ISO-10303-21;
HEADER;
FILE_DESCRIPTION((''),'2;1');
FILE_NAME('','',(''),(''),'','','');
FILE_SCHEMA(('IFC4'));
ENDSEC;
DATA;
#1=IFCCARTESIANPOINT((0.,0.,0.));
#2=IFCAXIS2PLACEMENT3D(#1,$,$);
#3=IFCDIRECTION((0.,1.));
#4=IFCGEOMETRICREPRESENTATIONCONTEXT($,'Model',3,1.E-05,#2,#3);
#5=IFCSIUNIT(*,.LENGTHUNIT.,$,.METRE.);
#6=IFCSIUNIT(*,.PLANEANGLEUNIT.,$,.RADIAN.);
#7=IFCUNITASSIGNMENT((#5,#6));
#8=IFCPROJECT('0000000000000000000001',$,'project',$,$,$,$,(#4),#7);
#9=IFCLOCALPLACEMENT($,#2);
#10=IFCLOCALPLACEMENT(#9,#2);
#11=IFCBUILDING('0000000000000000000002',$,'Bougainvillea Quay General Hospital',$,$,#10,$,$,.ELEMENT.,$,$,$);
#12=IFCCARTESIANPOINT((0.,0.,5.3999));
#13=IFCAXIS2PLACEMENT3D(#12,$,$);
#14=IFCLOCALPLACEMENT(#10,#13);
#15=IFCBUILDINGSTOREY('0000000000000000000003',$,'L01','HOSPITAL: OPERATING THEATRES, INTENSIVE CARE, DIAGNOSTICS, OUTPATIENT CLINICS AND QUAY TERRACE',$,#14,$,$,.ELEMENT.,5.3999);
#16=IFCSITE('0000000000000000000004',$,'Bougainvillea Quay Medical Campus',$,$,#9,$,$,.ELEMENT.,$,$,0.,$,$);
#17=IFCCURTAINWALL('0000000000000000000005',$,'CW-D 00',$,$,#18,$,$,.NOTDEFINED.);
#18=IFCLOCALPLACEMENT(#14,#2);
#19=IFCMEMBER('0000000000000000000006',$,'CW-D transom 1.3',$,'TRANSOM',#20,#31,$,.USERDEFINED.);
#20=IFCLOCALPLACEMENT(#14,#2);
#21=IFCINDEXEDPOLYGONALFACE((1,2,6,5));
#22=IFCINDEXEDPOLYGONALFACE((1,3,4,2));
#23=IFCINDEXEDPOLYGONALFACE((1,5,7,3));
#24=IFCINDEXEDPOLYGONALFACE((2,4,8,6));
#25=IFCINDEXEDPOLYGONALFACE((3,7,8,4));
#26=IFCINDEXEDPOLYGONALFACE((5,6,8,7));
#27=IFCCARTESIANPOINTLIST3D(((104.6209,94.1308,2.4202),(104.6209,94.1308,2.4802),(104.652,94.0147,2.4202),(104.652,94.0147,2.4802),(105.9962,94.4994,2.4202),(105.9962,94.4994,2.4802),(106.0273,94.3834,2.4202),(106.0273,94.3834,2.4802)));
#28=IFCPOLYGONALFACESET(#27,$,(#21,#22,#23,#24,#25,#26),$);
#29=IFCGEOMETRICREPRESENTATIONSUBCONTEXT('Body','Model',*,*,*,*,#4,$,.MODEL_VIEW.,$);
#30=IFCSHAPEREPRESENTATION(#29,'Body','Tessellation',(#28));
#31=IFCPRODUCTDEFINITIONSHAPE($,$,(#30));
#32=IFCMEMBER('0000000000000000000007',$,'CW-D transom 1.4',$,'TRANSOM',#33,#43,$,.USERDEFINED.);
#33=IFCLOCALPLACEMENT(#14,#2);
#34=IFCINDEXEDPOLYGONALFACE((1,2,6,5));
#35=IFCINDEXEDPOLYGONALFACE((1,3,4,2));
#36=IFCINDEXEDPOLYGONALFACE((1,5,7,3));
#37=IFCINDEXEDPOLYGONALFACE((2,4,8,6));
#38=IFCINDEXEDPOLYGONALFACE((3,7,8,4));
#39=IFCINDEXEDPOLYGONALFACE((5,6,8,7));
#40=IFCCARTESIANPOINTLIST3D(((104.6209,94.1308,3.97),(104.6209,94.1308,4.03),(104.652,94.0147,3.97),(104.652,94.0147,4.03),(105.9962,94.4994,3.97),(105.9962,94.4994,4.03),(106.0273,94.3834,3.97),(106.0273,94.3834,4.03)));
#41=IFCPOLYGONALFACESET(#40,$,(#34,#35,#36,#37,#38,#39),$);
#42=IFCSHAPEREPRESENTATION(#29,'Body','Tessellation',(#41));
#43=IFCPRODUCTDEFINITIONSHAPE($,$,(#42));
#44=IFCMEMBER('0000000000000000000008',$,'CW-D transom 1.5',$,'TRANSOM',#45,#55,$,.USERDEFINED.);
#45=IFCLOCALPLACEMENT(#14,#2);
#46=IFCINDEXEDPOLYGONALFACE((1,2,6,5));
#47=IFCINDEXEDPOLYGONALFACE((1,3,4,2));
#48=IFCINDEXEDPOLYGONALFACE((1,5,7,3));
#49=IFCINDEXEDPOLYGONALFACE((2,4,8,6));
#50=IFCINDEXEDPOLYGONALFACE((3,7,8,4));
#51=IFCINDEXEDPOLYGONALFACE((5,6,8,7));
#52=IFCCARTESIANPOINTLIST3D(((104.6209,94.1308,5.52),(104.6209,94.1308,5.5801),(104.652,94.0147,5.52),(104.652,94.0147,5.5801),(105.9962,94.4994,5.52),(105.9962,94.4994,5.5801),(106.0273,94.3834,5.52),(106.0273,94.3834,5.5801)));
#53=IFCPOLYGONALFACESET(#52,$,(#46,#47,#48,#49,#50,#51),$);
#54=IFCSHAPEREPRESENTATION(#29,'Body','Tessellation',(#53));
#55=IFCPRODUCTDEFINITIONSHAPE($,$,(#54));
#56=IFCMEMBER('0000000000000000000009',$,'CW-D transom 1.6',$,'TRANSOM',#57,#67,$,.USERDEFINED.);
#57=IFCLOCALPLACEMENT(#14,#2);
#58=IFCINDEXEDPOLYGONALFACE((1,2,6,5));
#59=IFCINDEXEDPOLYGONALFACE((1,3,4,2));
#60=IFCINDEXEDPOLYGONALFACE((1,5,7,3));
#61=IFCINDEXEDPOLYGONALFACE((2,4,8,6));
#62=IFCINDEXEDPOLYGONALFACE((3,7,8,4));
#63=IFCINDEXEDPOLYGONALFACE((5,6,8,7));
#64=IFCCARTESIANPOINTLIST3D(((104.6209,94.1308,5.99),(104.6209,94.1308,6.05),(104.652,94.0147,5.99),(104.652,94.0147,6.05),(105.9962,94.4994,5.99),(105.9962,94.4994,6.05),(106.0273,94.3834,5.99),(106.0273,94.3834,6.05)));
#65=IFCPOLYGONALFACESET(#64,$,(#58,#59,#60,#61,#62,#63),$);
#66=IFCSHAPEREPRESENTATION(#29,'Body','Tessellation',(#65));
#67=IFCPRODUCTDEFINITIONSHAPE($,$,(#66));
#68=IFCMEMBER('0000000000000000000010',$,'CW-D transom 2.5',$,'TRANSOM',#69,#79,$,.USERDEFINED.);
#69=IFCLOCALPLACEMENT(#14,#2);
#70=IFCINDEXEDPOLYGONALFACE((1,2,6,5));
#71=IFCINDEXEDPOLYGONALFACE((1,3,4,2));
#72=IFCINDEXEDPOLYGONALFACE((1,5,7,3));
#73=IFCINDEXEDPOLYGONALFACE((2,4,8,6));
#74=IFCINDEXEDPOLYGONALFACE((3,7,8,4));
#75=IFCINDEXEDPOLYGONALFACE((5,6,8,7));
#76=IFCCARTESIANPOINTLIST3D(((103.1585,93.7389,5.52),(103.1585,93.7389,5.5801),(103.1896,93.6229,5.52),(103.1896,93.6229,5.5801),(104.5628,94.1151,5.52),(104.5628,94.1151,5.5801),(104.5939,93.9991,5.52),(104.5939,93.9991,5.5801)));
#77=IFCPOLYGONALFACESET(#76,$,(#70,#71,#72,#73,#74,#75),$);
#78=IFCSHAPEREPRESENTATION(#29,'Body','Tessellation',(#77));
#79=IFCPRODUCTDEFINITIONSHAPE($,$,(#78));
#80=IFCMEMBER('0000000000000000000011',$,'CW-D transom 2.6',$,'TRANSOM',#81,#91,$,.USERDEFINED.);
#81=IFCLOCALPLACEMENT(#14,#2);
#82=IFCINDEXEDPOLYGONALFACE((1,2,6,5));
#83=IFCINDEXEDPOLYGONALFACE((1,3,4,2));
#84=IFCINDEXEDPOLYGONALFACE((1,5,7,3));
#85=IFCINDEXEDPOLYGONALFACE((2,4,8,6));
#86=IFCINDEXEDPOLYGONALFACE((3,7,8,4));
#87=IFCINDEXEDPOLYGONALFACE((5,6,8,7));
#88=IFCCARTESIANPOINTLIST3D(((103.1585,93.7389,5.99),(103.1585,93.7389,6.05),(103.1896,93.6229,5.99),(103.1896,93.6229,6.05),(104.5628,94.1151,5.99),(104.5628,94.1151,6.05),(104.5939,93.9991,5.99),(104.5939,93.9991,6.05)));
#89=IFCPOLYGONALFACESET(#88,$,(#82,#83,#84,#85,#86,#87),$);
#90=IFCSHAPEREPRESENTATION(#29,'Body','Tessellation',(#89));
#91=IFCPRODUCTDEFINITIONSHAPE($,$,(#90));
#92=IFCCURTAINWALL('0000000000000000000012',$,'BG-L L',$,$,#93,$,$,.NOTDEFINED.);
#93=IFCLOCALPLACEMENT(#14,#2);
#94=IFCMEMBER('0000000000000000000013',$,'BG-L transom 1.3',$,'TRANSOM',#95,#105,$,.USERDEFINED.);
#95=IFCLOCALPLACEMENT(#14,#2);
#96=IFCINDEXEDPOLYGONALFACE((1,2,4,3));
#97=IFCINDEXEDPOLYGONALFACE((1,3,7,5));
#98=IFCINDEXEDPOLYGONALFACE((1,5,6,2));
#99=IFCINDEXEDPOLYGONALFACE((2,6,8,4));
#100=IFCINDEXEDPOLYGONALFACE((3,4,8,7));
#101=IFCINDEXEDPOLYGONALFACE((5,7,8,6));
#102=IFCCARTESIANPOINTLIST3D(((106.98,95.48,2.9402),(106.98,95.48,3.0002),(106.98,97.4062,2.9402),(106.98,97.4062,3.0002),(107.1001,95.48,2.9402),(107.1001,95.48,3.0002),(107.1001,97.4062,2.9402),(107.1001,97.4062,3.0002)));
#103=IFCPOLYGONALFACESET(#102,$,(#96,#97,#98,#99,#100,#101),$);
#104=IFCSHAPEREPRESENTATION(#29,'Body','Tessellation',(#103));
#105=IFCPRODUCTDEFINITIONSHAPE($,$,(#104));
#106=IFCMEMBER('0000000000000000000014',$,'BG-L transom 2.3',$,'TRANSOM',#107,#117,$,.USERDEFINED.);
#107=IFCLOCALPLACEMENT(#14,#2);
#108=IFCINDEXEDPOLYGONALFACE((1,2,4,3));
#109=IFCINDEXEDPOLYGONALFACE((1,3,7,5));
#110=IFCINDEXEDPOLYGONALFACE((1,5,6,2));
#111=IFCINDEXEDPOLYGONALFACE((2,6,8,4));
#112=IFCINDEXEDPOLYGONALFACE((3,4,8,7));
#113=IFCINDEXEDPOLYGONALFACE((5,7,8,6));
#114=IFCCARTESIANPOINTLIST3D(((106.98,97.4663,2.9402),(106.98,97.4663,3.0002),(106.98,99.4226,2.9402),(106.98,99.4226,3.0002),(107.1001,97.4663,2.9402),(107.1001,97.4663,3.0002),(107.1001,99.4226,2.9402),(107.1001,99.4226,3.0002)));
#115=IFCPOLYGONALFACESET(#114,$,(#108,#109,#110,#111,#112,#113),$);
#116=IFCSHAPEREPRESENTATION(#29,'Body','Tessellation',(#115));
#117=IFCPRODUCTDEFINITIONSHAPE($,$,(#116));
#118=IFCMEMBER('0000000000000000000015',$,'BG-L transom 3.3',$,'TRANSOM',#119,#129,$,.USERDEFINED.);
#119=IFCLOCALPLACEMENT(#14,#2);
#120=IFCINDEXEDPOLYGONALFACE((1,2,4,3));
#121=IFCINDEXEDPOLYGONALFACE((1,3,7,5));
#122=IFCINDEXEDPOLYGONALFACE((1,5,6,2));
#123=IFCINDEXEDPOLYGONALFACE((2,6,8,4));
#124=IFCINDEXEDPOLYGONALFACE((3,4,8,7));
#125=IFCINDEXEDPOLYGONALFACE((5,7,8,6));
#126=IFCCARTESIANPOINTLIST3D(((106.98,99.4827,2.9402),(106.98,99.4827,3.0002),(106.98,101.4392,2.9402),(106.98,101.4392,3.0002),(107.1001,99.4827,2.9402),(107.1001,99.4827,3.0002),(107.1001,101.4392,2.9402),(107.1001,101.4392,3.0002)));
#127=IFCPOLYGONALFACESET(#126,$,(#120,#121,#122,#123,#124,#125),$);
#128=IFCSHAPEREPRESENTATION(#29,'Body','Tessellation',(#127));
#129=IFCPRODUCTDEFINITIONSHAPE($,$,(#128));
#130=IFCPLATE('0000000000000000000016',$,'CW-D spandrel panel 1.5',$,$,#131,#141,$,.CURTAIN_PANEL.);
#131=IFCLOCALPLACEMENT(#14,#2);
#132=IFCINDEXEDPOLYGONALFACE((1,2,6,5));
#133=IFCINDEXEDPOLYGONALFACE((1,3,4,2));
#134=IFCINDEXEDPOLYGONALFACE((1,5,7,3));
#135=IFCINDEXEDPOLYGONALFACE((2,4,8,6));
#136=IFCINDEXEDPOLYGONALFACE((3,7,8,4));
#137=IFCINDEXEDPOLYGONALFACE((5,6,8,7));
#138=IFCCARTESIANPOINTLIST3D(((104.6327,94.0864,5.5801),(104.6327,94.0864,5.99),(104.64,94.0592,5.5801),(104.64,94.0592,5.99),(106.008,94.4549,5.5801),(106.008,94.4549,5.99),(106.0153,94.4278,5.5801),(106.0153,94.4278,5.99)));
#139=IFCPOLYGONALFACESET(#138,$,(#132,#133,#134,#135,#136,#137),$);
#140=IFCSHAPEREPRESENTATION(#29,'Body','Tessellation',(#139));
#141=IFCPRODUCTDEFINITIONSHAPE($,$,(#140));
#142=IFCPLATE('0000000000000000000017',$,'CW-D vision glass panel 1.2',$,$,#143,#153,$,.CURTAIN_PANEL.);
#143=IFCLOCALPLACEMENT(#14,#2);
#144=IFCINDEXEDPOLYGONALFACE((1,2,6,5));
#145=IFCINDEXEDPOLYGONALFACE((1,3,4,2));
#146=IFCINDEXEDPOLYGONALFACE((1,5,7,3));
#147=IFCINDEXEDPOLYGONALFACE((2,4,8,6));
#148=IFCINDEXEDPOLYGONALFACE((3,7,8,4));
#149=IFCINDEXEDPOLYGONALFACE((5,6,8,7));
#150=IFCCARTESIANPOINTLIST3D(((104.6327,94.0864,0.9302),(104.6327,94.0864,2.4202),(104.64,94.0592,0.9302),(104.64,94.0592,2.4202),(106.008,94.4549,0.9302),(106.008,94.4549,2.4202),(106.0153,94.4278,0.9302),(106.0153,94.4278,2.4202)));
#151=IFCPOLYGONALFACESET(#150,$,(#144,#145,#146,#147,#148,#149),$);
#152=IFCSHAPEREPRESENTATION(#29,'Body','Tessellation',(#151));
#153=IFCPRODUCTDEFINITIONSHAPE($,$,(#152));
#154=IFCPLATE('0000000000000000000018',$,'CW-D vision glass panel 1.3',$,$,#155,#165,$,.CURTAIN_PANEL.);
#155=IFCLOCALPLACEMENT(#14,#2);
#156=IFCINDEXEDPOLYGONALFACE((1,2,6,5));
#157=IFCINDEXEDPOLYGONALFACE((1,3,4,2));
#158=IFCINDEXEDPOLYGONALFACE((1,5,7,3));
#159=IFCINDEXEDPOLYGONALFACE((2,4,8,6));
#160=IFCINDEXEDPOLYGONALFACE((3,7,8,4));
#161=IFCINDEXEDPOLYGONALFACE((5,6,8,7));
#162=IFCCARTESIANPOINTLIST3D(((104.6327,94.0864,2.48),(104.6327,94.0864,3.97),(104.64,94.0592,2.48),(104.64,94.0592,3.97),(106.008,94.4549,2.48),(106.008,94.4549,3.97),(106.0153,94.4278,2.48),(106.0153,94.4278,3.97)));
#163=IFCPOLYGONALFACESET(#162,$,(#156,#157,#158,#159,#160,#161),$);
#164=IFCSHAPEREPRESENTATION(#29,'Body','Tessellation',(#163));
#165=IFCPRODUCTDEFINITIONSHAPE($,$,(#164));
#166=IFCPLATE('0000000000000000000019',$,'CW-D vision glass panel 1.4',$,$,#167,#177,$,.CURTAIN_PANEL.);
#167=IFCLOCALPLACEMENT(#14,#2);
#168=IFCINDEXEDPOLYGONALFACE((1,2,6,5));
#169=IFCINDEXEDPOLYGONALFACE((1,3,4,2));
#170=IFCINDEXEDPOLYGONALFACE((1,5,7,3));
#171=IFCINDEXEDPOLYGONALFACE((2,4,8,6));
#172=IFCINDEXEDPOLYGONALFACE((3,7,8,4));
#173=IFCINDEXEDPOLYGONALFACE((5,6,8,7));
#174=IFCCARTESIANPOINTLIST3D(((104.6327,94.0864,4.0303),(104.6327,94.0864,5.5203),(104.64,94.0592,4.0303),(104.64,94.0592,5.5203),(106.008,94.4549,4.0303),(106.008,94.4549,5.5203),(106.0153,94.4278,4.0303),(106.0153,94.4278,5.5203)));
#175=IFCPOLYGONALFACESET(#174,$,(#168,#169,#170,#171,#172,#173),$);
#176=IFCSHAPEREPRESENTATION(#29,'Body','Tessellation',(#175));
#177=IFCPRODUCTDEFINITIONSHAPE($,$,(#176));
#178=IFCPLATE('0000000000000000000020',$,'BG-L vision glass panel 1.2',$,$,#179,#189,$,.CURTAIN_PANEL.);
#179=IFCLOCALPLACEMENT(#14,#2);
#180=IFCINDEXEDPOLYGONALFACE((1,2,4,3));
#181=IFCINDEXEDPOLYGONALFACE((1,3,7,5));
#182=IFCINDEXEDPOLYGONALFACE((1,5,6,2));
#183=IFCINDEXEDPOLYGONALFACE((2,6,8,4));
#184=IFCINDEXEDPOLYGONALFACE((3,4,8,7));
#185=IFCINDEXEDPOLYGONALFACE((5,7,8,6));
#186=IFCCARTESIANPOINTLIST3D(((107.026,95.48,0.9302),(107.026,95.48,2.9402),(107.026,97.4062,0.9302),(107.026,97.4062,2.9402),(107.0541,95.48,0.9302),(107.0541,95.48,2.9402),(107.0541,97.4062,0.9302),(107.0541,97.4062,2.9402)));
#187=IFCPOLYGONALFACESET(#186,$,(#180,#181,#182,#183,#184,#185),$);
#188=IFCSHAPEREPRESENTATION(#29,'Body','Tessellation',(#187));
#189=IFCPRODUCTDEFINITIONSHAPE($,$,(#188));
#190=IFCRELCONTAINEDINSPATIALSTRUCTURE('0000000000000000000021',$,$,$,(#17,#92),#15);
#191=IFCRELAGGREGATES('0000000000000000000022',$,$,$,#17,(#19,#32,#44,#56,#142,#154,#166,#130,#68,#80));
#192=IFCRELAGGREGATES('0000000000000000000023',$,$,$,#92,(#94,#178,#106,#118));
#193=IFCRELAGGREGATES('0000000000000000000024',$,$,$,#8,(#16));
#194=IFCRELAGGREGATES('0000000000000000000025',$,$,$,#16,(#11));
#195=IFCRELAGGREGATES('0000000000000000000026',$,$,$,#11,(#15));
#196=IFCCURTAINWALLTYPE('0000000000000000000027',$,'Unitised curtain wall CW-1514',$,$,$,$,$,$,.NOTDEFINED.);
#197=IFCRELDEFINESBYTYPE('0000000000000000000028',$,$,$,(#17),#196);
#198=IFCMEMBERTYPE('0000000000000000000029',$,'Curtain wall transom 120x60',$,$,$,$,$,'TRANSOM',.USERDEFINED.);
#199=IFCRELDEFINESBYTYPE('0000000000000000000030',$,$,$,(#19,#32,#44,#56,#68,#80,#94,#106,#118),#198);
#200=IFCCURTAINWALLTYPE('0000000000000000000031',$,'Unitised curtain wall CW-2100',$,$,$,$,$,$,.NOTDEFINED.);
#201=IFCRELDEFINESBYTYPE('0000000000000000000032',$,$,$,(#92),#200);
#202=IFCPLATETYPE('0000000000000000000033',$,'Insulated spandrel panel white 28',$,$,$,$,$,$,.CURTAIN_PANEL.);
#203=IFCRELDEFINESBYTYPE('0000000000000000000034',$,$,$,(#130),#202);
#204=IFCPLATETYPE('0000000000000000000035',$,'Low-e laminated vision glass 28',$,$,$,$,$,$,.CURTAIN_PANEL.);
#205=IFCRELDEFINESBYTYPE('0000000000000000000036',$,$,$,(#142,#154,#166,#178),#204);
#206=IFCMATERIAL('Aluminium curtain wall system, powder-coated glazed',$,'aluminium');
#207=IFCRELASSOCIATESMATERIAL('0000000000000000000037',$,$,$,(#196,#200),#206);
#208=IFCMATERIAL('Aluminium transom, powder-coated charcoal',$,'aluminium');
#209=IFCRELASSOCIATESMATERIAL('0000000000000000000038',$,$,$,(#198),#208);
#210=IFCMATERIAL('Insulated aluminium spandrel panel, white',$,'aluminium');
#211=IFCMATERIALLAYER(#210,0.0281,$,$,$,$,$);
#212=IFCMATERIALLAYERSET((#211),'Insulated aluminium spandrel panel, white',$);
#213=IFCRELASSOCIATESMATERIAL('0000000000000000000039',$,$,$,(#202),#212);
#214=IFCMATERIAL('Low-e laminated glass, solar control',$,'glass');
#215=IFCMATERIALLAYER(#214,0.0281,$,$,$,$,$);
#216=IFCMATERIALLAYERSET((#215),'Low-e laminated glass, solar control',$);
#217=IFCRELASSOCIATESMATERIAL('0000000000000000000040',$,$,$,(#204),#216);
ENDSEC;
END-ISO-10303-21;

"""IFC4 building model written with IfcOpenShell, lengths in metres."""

from ifc_helpers import new_model, si_unit, direction, frame, origin, origin_2d, place, context, subcontext, project, spatial, rectangle, extrude, material, layer, layer_set, material_profile, profile_set, type_object, element, aggregate, save


model = new_model("IFC4")

# Units and contexts
model_context = context("Model", 3, precision=1e-05, world=origin(), true_north=direction((0.0, 1.0)))
body_context = subcontext(model_context, "Body", "Model", "MODEL_VIEW")
ifc_project = project(units=[si_unit("LENGTHUNIT", "METRE"), si_unit("PLANEANGLEUNIT", "RADIAN")], contexts=[model_context])

# Site, building, storey
site_placement = place(None, origin())
site = spatial("IfcSite", under=ifc_project, at=site_placement, Name="Bougainvillea Quay Medical Campus", CompositionType="ELEMENT", RefElevation=0.0)
building_placement = place(site_placement, origin())
building = spatial("IfcBuilding", under=site, at=building_placement, Name="Bougainvillea Quay General Hospital", CompositionType="ELEMENT")
storey_placement = place(building_placement, frame((0.0, 0.0, 5.3999)))
storey = spatial("IfcBuildingStorey", under=building, at=storey_placement, Name="L01", Description="HOSPITAL: OPERATING THEATRES, INTENSIVE CARE, DIAGNOSTICS, OUTPATIENT CLINICS AND QUAY TERRACE", CompositionType="ELEMENT", Elevation=5.3999)

# Curtain walls, members
ifc_material_1 = material(Name="Aluminium curtain wall system, powder-coated glazed", Category="aluminium")
curtain_wall_type_1 = type_object("IfcCurtainWallType", Name="Unitised curtain wall CW-1514", PredefinedType="NOTDEFINED", material=ifc_material_1)
curtain_wall_1_placement = place(storey_placement, origin())
curtain_wall_1 = element("IfcCurtainWall", 1, at=curtain_wall_1_placement, inside=storey, type_object=curtain_wall_type_1, Name="CW-D 00", PredefinedType="NOTDEFINED")
ifc_material_2 = material(Name="Aluminium transom, powder-coated charcoal", Category="aluminium")
ifc_material_profile_1 = material_profile(ifc_material_2, rectangle(XDim=0.1201, YDim=0.0601, at=origin_2d()))
ifc_profile_set_1 = profile_set([ifc_material_profile_1], Name="Aluminium transom, powder-coated charcoal")
member_type = type_object("IfcMemberType", Name="Curtain wall transom 120x60", ElementType="TRANSOM", PredefinedType="USERDEFINED", material=ifc_profile_set_1)
member_1_placement = place(storey_placement, frame((106.0117, 94.4414, 2.4502), z_axis=(-0.965898, -0.258922, 0.0), x_axis=(0.258922, -0.965898, 0.0)))
member_1 = element("IfcMember", 2, at=member_1_placement, type_object=member_type, Name="CW-D transom 1.3", ObjectType="TRANSOM", PredefinedType="USERDEFINED", context=body_context, shape_type="SweptSolid", body=[
    extrude(rectangle(XDim=0.1201, YDim=0.0601, at=origin_2d()), origin(), (0.0, 0.0, 1.0), 1.4238),
])
member_2_placement = place(storey_placement, frame((106.0117, 94.4414, 4.0), z_axis=(-0.965898, -0.258922, 0.0), x_axis=(0.258922, -0.965898, 0.0)))
member_2 = element("IfcMember", 3, at=member_2_placement, type_object=member_type, Name="CW-D transom 1.4", ObjectType="TRANSOM", PredefinedType="USERDEFINED", context=body_context, shape_type="SweptSolid", body=[
    extrude(rectangle(XDim=0.1201, YDim=0.0601, at=origin_2d()), origin(), (0.0, 0.0, 1.0), 1.4238),
])
member_3_placement = place(storey_placement, frame((106.0117, 94.4414, 5.55), z_axis=(-0.965898, -0.258922, 0.0), x_axis=(0.258922, -0.965898, 0.0)))
member_3 = element("IfcMember", 4, at=member_3_placement, type_object=member_type, Name="CW-D transom 1.5", ObjectType="TRANSOM", PredefinedType="USERDEFINED", context=body_context, shape_type="SweptSolid", body=[
    extrude(rectangle(XDim=0.1201, YDim=0.0601, at=origin_2d()), origin(), (0.0, 0.0, 1.0), 1.4238),
])
member_4_placement = place(storey_placement, frame((106.0117, 94.4414, 6.02), z_axis=(-0.965898, -0.258922, 0.0), x_axis=(0.258922, -0.965898, 0.0)))
member_4 = element("IfcMember", 5, at=member_4_placement, type_object=member_type, Name="CW-D transom 1.6", ObjectType="TRANSOM", PredefinedType="USERDEFINED", context=body_context, shape_type="SweptSolid", body=[
    extrude(rectangle(XDim=0.1201, YDim=0.0601, at=origin_2d()), origin(), (0.0, 0.0, 1.0), 1.4238),
])
member_5_placement = place(storey_placement, frame((104.5784, 94.0571, 5.55), z_axis=(-0.965936, -0.258781, 0.0), x_axis=(0.258781, -0.965936, 0.0)))
member_5 = element("IfcMember", 6, at=member_5_placement, type_object=member_type, Name="CW-D transom 2.5", ObjectType="TRANSOM", PredefinedType="USERDEFINED", context=body_context, shape_type="SweptSolid", body=[
    extrude(rectangle(XDim=0.1201, YDim=0.0601, at=origin_2d()), origin(), (0.0, 0.0, 1.0), 1.4539),
])
member_6_placement = place(storey_placement, frame((104.5784, 94.0571, 6.02), z_axis=(-0.965936, -0.258781, 0.0), x_axis=(0.258781, -0.965936, 0.0)))
member_6 = element("IfcMember", 7, at=member_6_placement, type_object=member_type, Name="CW-D transom 2.6", ObjectType="TRANSOM", PredefinedType="USERDEFINED", context=body_context, shape_type="SweptSolid", body=[
    extrude(rectangle(XDim=0.1201, YDim=0.0601, at=origin_2d()), origin(), (0.0, 0.0, 1.0), 1.4539),
])
curtain_wall_type_2 = type_object("IfcCurtainWallType", Name="Unitised curtain wall CW-2100", PredefinedType="NOTDEFINED", material=ifc_material_1)
curtain_wall_2_placement = place(storey_placement, origin())
curtain_wall_2 = element("IfcCurtainWall", 8, at=curtain_wall_2_placement, inside=storey, type_object=curtain_wall_type_2, Name="BG-L L", PredefinedType="NOTDEFINED")
member_7_placement = place(storey_placement, frame((107.04, 95.48, 2.9702), z_axis=(0.0, 1.0, 0.0), x_axis=(-1.0, 0.0, 0.0)))
member_7 = element("IfcMember", 9, at=member_7_placement, type_object=member_type, Name="BG-L transom 1.3", ObjectType="TRANSOM", PredefinedType="USERDEFINED", context=body_context, shape_type="SweptSolid", body=[
    extrude(rectangle(XDim=0.1201, YDim=0.0601, at=origin_2d()), origin(), (0.0, 0.0, 1.0), 1.9263),
])
member_8_placement = place(storey_placement, frame((107.04, 97.4663, 2.9702), z_axis=(0.0, 1.0, 0.0), x_axis=(-1.0, 0.0, 0.0)))
member_8 = element("IfcMember", 10, at=member_8_placement, type_object=member_type, Name="BG-L transom 2.3", ObjectType="TRANSOM", PredefinedType="USERDEFINED", context=body_context, shape_type="SweptSolid", body=[
    extrude(rectangle(XDim=0.1201, YDim=0.0601, at=origin_2d()), origin(), (0.0, 0.0, 1.0), 1.9563),
])
member_9_placement = place(storey_placement, frame((107.04, 99.4827, 2.9702), z_axis=(0.0, 1.0, 0.0), x_axis=(-1.0, 0.0, 0.0)))
member_9 = element("IfcMember", 11, at=member_9_placement, type_object=member_type, Name="BG-L transom 3.3", ObjectType="TRANSOM", PredefinedType="USERDEFINED", context=body_context, shape_type="SweptSolid", body=[
    extrude(rectangle(XDim=0.1201, YDim=0.0601, at=origin_2d()), origin(), (0.0, 0.0, 1.0), 1.9565),
])

# Plates
ifc_material_3 = material(Name="Insulated aluminium spandrel panel, white", Category="aluminium")
ifc_layer_1 = layer(ifc_material_3, 0.0281)
ifc_layer_set_1 = layer_set([ifc_layer_1], Name="Insulated aluminium spandrel panel, white")
plate_type_1 = type_object("IfcPlateType", Name="Insulated spandrel panel white 28", PredefinedType="CURTAIN_PANEL", material=ifc_layer_set_1)
plate_1_placement = place(storey_placement, frame((105.324, 94.2571, 5.5801), z_axis=(0.0, 0.0, 1.0), x_axis=(-0.965916, -0.258855, 0.0)))
plate_1 = element("IfcPlate", 12, at=plate_1_placement, type_object=plate_type_1, Name="CW-D spandrel panel 1.5", PredefinedType="CURTAIN_PANEL", context=body_context, shape_type="SweptSolid", body=[
    extrude(rectangle(XDim=1.4238, YDim=0.0281, at=origin_2d()), origin(), (0.0, 0.0, 1.0), 0.4099),
])
ifc_material_4 = material(Name="Low-e laminated glass, solar control", Category="glass")
ifc_layer_2 = layer(ifc_material_4, 0.0281)
ifc_layer_set_2 = layer_set([ifc_layer_2], Name="Low-e laminated glass, solar control")
plate_type_2 = type_object("IfcPlateType", Name="Low-e laminated vision glass 28", PredefinedType="CURTAIN_PANEL", material=ifc_layer_set_2)
plate_2_placement = place(storey_placement, frame((105.324, 94.2571, 0.9302), z_axis=(0.0, 0.0, 1.0), x_axis=(-0.965916, -0.258855, 0.0)))
plate_2 = element("IfcPlate", 13, at=plate_2_placement, type_object=plate_type_2, Name="CW-D vision glass panel 1.2", PredefinedType="CURTAIN_PANEL", context=body_context, shape_type="SweptSolid", body=[
    extrude(rectangle(XDim=1.4238, YDim=0.0281, at=origin_2d()), origin(), (0.0, 0.0, 1.0), 1.49),
])
plate_3_placement = place(storey_placement, frame((105.324, 94.2571, 2.48), z_axis=(0.0, 0.0, 1.0), x_axis=(-0.965916, -0.258855, 0.0)))
plate_3 = element("IfcPlate", 14, at=plate_3_placement, type_object=plate_type_2, Name="CW-D vision glass panel 1.3", PredefinedType="CURTAIN_PANEL", context=body_context, shape_type="SweptSolid", body=[
    extrude(rectangle(XDim=1.4238, YDim=0.0281, at=origin_2d()), origin(), (0.0, 0.0, 1.0), 1.49),
])
plate_4_placement = place(storey_placement, frame((105.324, 94.2571, 4.0303), z_axis=(0.0, 0.0, 1.0), x_axis=(-0.965916, -0.258855, 0.0)))
plate_4 = element("IfcPlate", 15, at=plate_4_placement, type_object=plate_type_2, Name="CW-D vision glass panel 1.4", PredefinedType="CURTAIN_PANEL", context=body_context, shape_type="SweptSolid", body=[
    extrude(rectangle(XDim=1.4238, YDim=0.0281, at=origin_2d()), origin(), (0.0, 0.0, 1.0), 1.49),
])
aggregate(curtain_wall_1, [member_1, member_2, member_3, member_4, plate_2, plate_3, plate_4, plate_1, member_5, member_6])
plate_5_placement = place(storey_placement, frame((107.04, 96.4431, 0.9302), z_axis=(0.0, 0.0, 1.0), x_axis=(0.0, 1.0, 0.0)))
plate_5 = element("IfcPlate", 16, at=plate_5_placement, type_object=plate_type_2, Name="BG-L vision glass panel 1.2", PredefinedType="CURTAIN_PANEL", context=body_context, shape_type="SweptSolid", body=[
    extrude(rectangle(XDim=1.9263, YDim=0.0281, at=origin_2d()), origin(), (0.0, 0.0, 1.0), 2.01),
])
aggregate(curtain_wall_2, [member_7, plate_5, member_8, member_9])

save(model, "model.ifc")
